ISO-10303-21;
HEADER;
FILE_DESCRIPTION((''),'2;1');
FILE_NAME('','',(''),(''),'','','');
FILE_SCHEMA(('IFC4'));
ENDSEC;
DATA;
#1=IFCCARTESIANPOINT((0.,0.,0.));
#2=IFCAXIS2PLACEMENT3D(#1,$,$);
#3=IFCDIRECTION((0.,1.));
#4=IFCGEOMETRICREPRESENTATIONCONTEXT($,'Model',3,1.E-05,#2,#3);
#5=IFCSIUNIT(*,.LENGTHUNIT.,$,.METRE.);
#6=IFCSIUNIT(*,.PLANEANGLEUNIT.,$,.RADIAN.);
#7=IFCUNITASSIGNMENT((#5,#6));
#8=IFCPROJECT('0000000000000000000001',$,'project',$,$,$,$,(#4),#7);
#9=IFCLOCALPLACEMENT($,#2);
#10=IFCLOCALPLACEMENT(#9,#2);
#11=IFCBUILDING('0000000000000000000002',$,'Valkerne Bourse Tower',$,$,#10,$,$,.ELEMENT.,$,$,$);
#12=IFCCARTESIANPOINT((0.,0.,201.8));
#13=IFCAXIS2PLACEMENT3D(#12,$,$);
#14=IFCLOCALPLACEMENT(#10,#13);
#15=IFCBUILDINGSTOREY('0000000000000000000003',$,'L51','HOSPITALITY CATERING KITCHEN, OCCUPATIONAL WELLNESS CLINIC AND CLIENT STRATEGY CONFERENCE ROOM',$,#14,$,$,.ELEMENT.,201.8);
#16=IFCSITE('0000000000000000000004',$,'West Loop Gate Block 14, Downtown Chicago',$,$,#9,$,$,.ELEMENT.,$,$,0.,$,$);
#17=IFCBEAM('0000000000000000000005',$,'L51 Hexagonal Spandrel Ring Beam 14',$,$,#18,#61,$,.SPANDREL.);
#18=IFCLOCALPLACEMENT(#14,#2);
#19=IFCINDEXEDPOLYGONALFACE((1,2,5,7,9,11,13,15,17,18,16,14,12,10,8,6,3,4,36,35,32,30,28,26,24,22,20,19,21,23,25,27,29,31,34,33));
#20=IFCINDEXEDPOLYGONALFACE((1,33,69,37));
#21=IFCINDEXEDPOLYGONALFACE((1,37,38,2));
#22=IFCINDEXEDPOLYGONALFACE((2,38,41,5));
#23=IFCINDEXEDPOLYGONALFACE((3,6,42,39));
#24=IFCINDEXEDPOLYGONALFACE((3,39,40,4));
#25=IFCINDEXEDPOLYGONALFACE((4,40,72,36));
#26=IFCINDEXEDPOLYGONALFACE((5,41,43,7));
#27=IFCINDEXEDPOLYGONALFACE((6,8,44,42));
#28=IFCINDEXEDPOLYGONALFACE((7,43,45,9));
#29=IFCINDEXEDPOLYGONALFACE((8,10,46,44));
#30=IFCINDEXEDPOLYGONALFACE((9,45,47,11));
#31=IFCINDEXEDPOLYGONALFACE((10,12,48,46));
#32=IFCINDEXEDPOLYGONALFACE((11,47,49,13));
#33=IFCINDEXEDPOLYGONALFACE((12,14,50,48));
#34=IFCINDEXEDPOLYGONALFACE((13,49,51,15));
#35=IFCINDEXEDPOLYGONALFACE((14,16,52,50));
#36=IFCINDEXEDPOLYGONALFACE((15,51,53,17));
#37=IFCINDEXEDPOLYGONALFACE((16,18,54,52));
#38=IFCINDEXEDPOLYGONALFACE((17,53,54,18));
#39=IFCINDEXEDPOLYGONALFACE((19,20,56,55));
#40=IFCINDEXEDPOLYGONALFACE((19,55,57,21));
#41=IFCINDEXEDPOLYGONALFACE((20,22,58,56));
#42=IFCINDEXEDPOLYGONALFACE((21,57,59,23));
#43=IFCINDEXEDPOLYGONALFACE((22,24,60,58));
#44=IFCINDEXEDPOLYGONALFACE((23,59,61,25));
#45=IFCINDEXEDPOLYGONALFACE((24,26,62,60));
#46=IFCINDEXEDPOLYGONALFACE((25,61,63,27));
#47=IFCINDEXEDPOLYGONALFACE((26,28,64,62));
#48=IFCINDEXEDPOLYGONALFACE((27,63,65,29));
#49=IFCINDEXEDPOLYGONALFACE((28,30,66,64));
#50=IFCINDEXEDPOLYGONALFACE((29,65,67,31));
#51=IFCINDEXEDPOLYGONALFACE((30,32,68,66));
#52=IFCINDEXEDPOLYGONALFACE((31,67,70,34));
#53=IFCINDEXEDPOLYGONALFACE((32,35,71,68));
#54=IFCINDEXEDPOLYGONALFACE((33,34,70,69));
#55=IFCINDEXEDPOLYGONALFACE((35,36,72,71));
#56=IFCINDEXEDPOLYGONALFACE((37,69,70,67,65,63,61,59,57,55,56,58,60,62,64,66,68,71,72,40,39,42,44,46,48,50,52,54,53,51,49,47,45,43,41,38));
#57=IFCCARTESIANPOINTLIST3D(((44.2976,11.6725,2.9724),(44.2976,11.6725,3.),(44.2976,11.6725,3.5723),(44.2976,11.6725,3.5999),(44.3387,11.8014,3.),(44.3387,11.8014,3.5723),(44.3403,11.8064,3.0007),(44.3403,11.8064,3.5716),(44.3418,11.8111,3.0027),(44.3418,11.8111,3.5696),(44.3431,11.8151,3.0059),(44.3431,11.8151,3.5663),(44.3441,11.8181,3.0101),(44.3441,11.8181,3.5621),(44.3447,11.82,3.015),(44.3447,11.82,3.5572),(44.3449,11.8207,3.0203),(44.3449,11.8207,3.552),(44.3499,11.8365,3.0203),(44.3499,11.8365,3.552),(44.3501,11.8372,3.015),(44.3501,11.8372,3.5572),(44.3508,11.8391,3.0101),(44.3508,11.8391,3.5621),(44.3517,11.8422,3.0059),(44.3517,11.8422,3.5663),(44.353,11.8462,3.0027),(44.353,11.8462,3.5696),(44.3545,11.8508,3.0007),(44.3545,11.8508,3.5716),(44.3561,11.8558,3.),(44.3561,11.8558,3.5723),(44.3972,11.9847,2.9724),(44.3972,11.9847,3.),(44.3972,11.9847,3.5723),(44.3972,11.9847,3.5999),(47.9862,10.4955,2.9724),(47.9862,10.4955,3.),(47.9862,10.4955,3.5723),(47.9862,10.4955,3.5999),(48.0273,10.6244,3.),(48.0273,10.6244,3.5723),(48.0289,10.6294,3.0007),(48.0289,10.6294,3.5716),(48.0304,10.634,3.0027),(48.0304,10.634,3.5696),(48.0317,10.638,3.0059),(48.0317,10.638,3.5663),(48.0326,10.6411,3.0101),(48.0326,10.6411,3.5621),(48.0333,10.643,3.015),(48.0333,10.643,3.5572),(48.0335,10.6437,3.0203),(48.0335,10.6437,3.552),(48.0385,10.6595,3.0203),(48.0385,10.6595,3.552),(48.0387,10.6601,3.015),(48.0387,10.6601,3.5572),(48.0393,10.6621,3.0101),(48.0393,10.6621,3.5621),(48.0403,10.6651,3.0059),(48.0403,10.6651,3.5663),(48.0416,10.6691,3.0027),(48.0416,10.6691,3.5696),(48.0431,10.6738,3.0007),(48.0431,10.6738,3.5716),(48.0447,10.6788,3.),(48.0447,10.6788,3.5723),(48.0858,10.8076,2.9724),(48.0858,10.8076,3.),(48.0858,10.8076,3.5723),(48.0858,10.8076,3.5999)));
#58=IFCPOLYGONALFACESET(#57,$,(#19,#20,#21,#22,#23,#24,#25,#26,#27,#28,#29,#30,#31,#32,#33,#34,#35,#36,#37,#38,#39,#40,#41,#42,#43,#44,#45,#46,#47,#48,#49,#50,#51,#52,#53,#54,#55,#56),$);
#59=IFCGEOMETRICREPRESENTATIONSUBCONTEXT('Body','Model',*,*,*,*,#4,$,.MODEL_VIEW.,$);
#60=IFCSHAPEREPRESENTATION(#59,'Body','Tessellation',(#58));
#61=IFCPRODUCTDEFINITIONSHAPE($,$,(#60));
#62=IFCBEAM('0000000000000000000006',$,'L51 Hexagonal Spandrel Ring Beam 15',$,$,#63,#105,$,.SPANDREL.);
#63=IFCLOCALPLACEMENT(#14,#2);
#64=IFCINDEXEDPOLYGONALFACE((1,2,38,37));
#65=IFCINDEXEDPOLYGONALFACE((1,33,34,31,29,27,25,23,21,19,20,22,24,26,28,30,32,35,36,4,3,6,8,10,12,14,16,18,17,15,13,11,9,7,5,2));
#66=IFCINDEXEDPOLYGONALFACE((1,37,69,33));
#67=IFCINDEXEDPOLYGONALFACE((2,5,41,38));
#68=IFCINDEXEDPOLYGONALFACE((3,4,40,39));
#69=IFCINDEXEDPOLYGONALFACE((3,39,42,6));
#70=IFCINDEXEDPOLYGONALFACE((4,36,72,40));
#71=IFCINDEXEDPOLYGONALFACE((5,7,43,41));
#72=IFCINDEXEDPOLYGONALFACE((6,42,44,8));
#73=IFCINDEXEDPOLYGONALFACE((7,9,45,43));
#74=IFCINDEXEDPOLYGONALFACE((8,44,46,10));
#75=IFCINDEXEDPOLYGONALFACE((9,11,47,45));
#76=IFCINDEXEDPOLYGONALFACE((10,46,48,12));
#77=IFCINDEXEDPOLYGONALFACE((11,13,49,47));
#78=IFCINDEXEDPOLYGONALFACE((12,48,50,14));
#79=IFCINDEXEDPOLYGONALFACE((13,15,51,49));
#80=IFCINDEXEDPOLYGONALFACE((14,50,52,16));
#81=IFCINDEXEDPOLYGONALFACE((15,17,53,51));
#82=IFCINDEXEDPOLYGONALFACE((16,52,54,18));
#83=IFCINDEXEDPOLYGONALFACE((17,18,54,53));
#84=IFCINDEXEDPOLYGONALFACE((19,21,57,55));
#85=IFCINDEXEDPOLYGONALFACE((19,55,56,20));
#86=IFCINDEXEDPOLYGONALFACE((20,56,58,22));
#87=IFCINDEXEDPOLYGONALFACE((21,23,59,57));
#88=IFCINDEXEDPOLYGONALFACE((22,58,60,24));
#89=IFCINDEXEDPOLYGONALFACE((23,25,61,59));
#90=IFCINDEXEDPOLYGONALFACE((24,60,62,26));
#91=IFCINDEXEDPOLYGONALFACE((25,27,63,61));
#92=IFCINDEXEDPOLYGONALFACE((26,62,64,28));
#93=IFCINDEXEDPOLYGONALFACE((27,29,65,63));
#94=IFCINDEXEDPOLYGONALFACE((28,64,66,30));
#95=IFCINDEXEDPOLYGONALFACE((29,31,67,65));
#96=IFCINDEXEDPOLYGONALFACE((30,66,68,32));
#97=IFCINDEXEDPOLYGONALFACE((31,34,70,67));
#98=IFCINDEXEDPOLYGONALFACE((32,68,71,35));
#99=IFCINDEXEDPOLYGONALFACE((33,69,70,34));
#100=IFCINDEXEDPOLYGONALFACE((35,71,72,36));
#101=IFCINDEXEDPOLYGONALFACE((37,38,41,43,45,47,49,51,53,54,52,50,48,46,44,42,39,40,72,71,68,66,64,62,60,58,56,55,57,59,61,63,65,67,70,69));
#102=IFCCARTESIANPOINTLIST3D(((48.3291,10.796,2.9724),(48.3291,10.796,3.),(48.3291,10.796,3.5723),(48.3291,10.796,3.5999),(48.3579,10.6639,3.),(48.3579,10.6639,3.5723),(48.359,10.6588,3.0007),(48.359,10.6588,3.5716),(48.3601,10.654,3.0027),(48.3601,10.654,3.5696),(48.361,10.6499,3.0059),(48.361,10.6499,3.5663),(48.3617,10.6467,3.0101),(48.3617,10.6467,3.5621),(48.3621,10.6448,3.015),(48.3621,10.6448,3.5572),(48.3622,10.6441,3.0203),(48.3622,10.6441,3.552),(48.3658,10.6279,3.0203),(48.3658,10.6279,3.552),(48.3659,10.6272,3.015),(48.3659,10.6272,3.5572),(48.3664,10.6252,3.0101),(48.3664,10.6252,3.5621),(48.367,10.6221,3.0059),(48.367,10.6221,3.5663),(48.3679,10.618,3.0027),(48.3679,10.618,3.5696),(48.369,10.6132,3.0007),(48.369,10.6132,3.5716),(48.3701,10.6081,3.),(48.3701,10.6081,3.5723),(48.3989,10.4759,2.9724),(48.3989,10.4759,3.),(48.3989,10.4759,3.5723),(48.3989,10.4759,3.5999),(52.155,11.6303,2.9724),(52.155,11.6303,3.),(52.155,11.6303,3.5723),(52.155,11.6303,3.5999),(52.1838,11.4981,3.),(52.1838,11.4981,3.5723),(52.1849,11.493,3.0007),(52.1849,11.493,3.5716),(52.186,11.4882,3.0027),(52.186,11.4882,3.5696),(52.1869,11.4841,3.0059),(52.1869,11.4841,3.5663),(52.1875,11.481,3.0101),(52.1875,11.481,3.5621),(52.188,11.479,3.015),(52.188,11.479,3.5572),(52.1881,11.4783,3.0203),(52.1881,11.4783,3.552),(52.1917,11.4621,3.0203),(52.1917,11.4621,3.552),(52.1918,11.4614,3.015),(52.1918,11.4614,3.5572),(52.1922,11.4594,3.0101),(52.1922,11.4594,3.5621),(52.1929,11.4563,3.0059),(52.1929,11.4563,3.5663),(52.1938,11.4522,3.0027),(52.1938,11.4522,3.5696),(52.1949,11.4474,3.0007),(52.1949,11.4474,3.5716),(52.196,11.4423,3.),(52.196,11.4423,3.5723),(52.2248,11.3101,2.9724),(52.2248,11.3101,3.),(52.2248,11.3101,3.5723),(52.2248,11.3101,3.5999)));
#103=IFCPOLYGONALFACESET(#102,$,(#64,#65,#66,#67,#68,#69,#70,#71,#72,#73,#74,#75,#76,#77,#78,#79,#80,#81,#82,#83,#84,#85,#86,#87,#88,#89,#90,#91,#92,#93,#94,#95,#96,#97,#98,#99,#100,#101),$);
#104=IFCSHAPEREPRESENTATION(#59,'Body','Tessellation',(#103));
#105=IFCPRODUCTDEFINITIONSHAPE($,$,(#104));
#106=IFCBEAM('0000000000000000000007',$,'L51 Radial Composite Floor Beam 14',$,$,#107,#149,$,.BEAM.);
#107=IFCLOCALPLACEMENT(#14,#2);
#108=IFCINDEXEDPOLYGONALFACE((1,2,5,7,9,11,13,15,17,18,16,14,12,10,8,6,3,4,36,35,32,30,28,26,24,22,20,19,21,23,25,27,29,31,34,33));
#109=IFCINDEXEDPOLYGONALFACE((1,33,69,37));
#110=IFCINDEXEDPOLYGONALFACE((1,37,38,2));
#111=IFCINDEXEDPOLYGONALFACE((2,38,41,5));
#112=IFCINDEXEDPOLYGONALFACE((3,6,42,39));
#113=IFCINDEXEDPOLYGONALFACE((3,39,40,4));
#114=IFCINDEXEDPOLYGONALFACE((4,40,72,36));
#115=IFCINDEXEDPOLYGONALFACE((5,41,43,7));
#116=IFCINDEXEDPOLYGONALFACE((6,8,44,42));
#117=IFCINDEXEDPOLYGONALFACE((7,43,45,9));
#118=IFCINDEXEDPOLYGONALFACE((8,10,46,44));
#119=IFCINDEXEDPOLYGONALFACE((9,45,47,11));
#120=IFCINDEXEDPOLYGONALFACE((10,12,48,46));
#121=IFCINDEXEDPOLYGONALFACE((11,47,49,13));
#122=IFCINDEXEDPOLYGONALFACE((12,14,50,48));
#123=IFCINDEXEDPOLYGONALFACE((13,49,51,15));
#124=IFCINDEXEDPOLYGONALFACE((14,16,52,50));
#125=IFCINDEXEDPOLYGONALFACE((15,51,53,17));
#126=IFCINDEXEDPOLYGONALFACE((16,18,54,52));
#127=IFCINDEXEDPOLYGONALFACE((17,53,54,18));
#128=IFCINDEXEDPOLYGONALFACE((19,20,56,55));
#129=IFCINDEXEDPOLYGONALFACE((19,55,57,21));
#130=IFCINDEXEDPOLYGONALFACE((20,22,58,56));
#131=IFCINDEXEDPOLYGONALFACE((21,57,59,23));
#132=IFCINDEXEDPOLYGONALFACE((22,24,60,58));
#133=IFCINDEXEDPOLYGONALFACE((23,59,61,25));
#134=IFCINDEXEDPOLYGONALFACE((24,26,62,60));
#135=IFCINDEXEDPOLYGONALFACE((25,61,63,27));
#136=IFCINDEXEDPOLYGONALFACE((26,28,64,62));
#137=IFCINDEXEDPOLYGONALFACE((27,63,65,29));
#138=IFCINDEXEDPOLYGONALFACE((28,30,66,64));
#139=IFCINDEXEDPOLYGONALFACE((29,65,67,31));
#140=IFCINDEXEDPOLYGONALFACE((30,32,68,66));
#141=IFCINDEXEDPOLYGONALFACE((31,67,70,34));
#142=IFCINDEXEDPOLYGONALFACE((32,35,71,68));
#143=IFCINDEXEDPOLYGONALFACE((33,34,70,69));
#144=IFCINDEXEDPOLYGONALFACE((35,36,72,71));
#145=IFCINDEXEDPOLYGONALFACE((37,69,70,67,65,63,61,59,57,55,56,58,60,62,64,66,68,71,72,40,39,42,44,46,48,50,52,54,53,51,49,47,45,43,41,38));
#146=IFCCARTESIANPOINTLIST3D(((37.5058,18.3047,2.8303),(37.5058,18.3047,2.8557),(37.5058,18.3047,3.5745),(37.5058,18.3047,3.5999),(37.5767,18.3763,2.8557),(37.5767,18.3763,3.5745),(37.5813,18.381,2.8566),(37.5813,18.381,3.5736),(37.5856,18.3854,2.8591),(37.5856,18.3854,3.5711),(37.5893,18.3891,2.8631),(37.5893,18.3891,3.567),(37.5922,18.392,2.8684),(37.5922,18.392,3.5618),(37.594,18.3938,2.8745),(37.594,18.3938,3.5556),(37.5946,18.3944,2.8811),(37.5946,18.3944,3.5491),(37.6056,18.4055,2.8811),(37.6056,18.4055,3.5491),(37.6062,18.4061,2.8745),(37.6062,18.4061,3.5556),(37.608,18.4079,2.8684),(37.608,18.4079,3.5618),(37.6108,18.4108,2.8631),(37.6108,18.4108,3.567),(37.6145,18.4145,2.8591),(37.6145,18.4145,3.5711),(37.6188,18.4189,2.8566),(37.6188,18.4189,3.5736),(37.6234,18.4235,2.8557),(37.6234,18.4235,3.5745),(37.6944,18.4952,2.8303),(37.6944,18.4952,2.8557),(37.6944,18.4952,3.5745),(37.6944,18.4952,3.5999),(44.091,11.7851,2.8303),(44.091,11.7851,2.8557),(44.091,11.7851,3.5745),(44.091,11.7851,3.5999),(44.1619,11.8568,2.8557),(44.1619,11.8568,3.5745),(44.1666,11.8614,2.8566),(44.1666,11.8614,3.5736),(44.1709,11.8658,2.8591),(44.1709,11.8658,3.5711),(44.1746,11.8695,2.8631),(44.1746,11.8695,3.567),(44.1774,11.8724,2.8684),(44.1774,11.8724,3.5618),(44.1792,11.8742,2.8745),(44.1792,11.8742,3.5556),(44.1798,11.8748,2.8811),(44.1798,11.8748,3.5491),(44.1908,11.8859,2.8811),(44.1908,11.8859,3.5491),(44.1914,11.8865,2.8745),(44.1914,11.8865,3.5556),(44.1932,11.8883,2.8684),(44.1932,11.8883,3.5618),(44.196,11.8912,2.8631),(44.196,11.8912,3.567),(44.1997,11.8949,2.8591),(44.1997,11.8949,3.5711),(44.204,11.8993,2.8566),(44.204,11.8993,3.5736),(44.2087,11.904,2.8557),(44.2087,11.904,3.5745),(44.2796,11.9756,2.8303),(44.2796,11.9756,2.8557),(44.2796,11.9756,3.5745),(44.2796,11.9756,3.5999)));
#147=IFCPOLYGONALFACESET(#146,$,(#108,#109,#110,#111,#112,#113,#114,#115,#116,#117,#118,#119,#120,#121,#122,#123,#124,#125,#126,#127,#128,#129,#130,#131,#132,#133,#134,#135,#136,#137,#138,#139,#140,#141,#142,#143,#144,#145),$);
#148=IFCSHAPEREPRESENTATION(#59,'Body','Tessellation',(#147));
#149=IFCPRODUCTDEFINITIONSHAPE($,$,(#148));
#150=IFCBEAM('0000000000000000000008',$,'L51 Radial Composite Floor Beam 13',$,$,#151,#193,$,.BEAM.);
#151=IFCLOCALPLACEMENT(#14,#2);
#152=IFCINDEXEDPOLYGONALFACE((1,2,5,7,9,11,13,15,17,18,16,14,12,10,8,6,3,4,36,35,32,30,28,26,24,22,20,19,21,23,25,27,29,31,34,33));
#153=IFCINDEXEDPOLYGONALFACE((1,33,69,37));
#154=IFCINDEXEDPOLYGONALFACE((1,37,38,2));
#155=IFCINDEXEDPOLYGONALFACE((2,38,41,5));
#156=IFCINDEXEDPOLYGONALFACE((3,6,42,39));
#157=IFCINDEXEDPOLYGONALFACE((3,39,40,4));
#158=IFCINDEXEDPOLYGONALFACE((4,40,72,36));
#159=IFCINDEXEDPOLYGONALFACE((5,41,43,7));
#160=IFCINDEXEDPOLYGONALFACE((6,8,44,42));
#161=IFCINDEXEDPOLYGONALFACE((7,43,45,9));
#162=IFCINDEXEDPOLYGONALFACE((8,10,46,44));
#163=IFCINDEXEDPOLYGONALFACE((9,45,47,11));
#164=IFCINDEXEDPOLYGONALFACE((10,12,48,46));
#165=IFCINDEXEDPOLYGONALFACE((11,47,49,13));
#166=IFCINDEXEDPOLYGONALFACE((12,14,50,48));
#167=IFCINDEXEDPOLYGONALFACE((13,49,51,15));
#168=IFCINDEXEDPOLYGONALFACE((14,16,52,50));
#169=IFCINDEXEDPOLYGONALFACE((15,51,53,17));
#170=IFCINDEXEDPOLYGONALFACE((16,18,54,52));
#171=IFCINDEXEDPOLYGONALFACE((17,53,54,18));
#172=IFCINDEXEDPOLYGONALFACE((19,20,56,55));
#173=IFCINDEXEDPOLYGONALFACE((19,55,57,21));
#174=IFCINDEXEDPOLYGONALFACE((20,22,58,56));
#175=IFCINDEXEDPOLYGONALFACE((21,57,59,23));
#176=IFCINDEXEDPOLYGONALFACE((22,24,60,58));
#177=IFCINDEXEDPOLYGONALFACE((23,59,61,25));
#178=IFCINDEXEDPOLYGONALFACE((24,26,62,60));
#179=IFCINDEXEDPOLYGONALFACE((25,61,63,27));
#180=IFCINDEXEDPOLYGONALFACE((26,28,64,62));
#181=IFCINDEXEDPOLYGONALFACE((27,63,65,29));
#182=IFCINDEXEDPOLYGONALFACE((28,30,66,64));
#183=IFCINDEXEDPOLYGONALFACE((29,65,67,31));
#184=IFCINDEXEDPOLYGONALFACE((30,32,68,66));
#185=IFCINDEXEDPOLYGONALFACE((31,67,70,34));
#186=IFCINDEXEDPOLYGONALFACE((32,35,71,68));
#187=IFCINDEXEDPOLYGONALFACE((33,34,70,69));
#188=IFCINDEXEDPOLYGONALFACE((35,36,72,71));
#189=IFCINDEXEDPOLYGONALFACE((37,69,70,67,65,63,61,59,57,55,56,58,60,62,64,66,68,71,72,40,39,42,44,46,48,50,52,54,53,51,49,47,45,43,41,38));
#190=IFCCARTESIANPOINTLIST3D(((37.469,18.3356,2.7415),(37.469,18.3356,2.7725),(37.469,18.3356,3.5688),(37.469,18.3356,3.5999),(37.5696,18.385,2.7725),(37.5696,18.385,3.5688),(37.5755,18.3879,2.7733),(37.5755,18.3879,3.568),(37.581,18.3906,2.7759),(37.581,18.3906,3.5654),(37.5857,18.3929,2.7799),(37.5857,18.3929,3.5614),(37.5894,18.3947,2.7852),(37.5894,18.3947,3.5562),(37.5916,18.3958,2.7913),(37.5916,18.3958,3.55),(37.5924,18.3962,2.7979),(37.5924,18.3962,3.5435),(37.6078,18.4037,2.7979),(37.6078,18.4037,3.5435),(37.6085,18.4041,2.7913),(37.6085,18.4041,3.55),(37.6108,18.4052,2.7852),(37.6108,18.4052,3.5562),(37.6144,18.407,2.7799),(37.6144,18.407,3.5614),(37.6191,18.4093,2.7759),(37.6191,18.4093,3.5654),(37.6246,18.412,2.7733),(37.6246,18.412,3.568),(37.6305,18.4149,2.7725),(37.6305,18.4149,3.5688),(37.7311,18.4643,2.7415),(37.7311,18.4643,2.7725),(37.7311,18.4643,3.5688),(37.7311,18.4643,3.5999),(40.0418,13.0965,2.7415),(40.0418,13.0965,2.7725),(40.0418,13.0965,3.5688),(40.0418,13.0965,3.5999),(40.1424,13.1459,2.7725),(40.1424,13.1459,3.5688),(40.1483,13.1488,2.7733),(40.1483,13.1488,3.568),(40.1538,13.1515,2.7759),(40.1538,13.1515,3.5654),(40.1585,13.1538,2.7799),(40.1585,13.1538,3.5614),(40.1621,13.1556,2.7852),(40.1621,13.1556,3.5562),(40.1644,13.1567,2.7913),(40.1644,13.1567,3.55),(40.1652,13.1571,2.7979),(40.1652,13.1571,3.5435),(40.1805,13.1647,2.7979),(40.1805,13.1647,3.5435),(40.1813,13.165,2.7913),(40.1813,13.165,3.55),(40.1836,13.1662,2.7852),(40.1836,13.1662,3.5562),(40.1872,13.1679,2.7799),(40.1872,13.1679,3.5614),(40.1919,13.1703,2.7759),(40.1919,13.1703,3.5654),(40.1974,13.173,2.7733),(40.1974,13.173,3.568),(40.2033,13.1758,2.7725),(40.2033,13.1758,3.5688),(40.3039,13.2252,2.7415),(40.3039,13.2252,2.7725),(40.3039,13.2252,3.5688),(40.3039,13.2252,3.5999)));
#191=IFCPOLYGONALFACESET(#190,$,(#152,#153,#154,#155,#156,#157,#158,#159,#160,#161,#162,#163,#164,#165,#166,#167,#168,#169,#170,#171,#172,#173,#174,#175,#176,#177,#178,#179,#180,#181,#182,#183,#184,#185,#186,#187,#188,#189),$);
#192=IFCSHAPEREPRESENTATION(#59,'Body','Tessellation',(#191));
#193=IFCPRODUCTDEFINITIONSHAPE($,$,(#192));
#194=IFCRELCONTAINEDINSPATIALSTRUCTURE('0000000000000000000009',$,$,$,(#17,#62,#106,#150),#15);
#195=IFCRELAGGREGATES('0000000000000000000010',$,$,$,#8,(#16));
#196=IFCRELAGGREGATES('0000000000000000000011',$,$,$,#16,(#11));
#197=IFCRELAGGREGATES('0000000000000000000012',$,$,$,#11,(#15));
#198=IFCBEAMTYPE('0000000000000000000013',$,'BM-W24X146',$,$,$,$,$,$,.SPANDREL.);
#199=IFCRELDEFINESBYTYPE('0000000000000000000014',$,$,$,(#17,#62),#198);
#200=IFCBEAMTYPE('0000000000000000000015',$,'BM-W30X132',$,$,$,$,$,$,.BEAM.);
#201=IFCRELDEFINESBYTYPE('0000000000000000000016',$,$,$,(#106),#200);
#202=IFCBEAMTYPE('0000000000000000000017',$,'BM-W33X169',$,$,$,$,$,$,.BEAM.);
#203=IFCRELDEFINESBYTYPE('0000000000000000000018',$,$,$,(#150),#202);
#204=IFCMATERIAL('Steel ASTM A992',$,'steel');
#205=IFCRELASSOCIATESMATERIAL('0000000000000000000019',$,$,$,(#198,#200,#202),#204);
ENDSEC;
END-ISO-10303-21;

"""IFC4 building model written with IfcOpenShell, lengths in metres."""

from ifc_helpers import new_model, si_unit, direction, frame, origin, origin_2d, place, context, subcontext, project, spatial, i_section, extrude, material, material_profile, profile_set, type_object, element, save


model = new_model("IFC4")

# Units and contexts
model_context = context("Model", 3, precision=1e-05, world=origin(), true_north=direction((0.0, 1.0)))
body_context = subcontext(model_context, "Body", "Model", "MODEL_VIEW")
ifc_project = project(units=[si_unit("LENGTHUNIT", "METRE"), si_unit("PLANEANGLEUNIT", "RADIAN")], contexts=[model_context])

# Site, building, storey
site_placement = place(None, origin())
site = spatial("IfcSite", under=ifc_project, at=site_placement, Name="West Loop Gate Block 14, Downtown Chicago", CompositionType="ELEMENT", RefElevation=0.0)
building_placement = place(site_placement, origin())
building = spatial("IfcBuilding", under=site, at=building_placement, Name="Valkerne Bourse Tower", CompositionType="ELEMENT")
storey_placement = place(building_placement, frame((0.0, 0.0, 201.8)))
storey = spatial("IfcBuildingStorey", under=building, at=storey_placement, Name="L51", Description="HOSPITALITY CATERING KITCHEN, OCCUPATIONAL WELLNESS CLINIC AND CLIENT STRATEGY CONFERENCE ROOM", CompositionType="ELEMENT", Elevation=201.8)

# Beams
ifc_material_1 = material(Name="Steel ASTM A992", Category="steel")
ifc_material_profile_1 = material_profile(ifc_material_1, i_section(OverallWidth=0.3276, OverallDepth=0.6274, WebThickness=0.0166, FlangeThickness=0.0276, FilletRadius=0.0203, at=origin_2d()), Name="W24X146")
ifc_profile_set_1 = profile_set([ifc_material_profile_1], Name="Steel ASTM A992")
beam_type_1 = type_object("IfcBeamType", Name="BM-W24X146", PredefinedType="SPANDREL", material=ifc_profile_set_1)
beam_1_placement = place(storey_placement, frame((44.3474, 11.8286, 3.2861), z_axis=(0.952672, -0.304, 0.0), x_axis=(0.304, 0.952672, 0.0)))
element("IfcBeam", 1, at=beam_1_placement, inside=storey, type_object=beam_type_1, Name="L51 Hexagonal Spandrel Ring Beam 14", PredefinedType="SPANDREL", context=body_context, shape_type="SweptSolid", body=[
    extrude(i_section(OverallWidth=0.3276, OverallDepth=0.6274, WebThickness=0.0166, FlangeThickness=0.0276, FilletRadius=0.0203, at=origin_2d()), origin(), (0.0, 0.0, 1.0), 3.8718),
])
beam_2_placement = place(storey_placement, frame((48.364, 10.636, 3.2861), z_axis=(0.977043, 0.21304, 0.0), x_axis=(-0.21304, 0.977043, 0.0)))
element("IfcBeam", 2, at=beam_2_placement, inside=storey, type_object=beam_type_1, Name="L51 Hexagonal Spandrel Ring Beam 15", PredefinedType="SPANDREL", context=body_context, shape_type="SweptSolid", body=[
    extrude(i_section(OverallWidth=0.3276, OverallDepth=0.6274, WebThickness=0.0166, FlangeThickness=0.0276, FilletRadius=0.0203, at=origin_2d()), origin(), (0.0, 0.0, 1.0), 3.9158),
])
ifc_material_profile_2 = material_profile(ifc_material_1, i_section(OverallWidth=0.2681, OverallDepth=0.7695, WebThickness=0.0156, FlangeThickness=0.0254, FilletRadius=0.0254, at=origin_2d()), Name="W30X132")
ifc_profile_set_2 = profile_set([ifc_material_profile_2], Name="Steel ASTM A992")
beam_type_2 = type_object("IfcBeamType", Name="BM-W30X132", PredefinedType="BEAM", material=ifc_profile_set_2)
beam_3_placement = place(storey_placement, frame((44.1853, 11.8804, 3.2151), z_axis=(-0.710641, 0.703554, 0.0), x_axis=(-0.703554, -0.710641, 0.0)))
element("IfcBeam", 3, at=beam_3_placement, inside=storey, type_object=beam_type_2, Name="L51 Radial Composite Floor Beam 14", PredefinedType="BEAM", context=body_context, shape_type="SweptSolid", body=[
    extrude(i_section(OverallWidth=0.2681, OverallDepth=0.7695, WebThickness=0.0156, FlangeThickness=0.0254, FilletRadius=0.0254, at=origin_2d()), origin(), (0.0, 0.0, 1.0), 9.2666),
])
ifc_material_profile_3 = material_profile(ifc_material_1, i_section(OverallWidth=0.292, OverallDepth=0.8584, WebThickness=0.0171, FlangeThickness=0.031, FilletRadius=0.0254, at=origin_2d()), Name="W33X169")
ifc_profile_set_3 = profile_set([ifc_material_profile_3], Name="Steel ASTM A992")
beam_type_3 = type_object("IfcBeamType", Name="BM-W33X169", PredefinedType="BEAM", material=ifc_profile_set_3)
beam_4_placement = place(storey_placement, frame((40.1729, 13.1609, 3.1707), z_axis=(-0.440794, 0.897608, 0.0), x_axis=(-0.897608, -0.440794, 0.0)))
element("IfcBeam", 4, at=beam_4_placement, inside=storey, type_object=beam_type_3, Name="L51 Radial Composite Floor Beam 13", PredefinedType="BEAM", context=body_context, shape_type="SweptSolid", body=[
    extrude(i_section(OverallWidth=0.292, OverallDepth=0.8584, WebThickness=0.0171, FlangeThickness=0.031, FilletRadius=0.0254, at=origin_2d()), origin(), (0.0, 0.0, 1.0), 5.8367),
])

save(model, "model.ifc")
